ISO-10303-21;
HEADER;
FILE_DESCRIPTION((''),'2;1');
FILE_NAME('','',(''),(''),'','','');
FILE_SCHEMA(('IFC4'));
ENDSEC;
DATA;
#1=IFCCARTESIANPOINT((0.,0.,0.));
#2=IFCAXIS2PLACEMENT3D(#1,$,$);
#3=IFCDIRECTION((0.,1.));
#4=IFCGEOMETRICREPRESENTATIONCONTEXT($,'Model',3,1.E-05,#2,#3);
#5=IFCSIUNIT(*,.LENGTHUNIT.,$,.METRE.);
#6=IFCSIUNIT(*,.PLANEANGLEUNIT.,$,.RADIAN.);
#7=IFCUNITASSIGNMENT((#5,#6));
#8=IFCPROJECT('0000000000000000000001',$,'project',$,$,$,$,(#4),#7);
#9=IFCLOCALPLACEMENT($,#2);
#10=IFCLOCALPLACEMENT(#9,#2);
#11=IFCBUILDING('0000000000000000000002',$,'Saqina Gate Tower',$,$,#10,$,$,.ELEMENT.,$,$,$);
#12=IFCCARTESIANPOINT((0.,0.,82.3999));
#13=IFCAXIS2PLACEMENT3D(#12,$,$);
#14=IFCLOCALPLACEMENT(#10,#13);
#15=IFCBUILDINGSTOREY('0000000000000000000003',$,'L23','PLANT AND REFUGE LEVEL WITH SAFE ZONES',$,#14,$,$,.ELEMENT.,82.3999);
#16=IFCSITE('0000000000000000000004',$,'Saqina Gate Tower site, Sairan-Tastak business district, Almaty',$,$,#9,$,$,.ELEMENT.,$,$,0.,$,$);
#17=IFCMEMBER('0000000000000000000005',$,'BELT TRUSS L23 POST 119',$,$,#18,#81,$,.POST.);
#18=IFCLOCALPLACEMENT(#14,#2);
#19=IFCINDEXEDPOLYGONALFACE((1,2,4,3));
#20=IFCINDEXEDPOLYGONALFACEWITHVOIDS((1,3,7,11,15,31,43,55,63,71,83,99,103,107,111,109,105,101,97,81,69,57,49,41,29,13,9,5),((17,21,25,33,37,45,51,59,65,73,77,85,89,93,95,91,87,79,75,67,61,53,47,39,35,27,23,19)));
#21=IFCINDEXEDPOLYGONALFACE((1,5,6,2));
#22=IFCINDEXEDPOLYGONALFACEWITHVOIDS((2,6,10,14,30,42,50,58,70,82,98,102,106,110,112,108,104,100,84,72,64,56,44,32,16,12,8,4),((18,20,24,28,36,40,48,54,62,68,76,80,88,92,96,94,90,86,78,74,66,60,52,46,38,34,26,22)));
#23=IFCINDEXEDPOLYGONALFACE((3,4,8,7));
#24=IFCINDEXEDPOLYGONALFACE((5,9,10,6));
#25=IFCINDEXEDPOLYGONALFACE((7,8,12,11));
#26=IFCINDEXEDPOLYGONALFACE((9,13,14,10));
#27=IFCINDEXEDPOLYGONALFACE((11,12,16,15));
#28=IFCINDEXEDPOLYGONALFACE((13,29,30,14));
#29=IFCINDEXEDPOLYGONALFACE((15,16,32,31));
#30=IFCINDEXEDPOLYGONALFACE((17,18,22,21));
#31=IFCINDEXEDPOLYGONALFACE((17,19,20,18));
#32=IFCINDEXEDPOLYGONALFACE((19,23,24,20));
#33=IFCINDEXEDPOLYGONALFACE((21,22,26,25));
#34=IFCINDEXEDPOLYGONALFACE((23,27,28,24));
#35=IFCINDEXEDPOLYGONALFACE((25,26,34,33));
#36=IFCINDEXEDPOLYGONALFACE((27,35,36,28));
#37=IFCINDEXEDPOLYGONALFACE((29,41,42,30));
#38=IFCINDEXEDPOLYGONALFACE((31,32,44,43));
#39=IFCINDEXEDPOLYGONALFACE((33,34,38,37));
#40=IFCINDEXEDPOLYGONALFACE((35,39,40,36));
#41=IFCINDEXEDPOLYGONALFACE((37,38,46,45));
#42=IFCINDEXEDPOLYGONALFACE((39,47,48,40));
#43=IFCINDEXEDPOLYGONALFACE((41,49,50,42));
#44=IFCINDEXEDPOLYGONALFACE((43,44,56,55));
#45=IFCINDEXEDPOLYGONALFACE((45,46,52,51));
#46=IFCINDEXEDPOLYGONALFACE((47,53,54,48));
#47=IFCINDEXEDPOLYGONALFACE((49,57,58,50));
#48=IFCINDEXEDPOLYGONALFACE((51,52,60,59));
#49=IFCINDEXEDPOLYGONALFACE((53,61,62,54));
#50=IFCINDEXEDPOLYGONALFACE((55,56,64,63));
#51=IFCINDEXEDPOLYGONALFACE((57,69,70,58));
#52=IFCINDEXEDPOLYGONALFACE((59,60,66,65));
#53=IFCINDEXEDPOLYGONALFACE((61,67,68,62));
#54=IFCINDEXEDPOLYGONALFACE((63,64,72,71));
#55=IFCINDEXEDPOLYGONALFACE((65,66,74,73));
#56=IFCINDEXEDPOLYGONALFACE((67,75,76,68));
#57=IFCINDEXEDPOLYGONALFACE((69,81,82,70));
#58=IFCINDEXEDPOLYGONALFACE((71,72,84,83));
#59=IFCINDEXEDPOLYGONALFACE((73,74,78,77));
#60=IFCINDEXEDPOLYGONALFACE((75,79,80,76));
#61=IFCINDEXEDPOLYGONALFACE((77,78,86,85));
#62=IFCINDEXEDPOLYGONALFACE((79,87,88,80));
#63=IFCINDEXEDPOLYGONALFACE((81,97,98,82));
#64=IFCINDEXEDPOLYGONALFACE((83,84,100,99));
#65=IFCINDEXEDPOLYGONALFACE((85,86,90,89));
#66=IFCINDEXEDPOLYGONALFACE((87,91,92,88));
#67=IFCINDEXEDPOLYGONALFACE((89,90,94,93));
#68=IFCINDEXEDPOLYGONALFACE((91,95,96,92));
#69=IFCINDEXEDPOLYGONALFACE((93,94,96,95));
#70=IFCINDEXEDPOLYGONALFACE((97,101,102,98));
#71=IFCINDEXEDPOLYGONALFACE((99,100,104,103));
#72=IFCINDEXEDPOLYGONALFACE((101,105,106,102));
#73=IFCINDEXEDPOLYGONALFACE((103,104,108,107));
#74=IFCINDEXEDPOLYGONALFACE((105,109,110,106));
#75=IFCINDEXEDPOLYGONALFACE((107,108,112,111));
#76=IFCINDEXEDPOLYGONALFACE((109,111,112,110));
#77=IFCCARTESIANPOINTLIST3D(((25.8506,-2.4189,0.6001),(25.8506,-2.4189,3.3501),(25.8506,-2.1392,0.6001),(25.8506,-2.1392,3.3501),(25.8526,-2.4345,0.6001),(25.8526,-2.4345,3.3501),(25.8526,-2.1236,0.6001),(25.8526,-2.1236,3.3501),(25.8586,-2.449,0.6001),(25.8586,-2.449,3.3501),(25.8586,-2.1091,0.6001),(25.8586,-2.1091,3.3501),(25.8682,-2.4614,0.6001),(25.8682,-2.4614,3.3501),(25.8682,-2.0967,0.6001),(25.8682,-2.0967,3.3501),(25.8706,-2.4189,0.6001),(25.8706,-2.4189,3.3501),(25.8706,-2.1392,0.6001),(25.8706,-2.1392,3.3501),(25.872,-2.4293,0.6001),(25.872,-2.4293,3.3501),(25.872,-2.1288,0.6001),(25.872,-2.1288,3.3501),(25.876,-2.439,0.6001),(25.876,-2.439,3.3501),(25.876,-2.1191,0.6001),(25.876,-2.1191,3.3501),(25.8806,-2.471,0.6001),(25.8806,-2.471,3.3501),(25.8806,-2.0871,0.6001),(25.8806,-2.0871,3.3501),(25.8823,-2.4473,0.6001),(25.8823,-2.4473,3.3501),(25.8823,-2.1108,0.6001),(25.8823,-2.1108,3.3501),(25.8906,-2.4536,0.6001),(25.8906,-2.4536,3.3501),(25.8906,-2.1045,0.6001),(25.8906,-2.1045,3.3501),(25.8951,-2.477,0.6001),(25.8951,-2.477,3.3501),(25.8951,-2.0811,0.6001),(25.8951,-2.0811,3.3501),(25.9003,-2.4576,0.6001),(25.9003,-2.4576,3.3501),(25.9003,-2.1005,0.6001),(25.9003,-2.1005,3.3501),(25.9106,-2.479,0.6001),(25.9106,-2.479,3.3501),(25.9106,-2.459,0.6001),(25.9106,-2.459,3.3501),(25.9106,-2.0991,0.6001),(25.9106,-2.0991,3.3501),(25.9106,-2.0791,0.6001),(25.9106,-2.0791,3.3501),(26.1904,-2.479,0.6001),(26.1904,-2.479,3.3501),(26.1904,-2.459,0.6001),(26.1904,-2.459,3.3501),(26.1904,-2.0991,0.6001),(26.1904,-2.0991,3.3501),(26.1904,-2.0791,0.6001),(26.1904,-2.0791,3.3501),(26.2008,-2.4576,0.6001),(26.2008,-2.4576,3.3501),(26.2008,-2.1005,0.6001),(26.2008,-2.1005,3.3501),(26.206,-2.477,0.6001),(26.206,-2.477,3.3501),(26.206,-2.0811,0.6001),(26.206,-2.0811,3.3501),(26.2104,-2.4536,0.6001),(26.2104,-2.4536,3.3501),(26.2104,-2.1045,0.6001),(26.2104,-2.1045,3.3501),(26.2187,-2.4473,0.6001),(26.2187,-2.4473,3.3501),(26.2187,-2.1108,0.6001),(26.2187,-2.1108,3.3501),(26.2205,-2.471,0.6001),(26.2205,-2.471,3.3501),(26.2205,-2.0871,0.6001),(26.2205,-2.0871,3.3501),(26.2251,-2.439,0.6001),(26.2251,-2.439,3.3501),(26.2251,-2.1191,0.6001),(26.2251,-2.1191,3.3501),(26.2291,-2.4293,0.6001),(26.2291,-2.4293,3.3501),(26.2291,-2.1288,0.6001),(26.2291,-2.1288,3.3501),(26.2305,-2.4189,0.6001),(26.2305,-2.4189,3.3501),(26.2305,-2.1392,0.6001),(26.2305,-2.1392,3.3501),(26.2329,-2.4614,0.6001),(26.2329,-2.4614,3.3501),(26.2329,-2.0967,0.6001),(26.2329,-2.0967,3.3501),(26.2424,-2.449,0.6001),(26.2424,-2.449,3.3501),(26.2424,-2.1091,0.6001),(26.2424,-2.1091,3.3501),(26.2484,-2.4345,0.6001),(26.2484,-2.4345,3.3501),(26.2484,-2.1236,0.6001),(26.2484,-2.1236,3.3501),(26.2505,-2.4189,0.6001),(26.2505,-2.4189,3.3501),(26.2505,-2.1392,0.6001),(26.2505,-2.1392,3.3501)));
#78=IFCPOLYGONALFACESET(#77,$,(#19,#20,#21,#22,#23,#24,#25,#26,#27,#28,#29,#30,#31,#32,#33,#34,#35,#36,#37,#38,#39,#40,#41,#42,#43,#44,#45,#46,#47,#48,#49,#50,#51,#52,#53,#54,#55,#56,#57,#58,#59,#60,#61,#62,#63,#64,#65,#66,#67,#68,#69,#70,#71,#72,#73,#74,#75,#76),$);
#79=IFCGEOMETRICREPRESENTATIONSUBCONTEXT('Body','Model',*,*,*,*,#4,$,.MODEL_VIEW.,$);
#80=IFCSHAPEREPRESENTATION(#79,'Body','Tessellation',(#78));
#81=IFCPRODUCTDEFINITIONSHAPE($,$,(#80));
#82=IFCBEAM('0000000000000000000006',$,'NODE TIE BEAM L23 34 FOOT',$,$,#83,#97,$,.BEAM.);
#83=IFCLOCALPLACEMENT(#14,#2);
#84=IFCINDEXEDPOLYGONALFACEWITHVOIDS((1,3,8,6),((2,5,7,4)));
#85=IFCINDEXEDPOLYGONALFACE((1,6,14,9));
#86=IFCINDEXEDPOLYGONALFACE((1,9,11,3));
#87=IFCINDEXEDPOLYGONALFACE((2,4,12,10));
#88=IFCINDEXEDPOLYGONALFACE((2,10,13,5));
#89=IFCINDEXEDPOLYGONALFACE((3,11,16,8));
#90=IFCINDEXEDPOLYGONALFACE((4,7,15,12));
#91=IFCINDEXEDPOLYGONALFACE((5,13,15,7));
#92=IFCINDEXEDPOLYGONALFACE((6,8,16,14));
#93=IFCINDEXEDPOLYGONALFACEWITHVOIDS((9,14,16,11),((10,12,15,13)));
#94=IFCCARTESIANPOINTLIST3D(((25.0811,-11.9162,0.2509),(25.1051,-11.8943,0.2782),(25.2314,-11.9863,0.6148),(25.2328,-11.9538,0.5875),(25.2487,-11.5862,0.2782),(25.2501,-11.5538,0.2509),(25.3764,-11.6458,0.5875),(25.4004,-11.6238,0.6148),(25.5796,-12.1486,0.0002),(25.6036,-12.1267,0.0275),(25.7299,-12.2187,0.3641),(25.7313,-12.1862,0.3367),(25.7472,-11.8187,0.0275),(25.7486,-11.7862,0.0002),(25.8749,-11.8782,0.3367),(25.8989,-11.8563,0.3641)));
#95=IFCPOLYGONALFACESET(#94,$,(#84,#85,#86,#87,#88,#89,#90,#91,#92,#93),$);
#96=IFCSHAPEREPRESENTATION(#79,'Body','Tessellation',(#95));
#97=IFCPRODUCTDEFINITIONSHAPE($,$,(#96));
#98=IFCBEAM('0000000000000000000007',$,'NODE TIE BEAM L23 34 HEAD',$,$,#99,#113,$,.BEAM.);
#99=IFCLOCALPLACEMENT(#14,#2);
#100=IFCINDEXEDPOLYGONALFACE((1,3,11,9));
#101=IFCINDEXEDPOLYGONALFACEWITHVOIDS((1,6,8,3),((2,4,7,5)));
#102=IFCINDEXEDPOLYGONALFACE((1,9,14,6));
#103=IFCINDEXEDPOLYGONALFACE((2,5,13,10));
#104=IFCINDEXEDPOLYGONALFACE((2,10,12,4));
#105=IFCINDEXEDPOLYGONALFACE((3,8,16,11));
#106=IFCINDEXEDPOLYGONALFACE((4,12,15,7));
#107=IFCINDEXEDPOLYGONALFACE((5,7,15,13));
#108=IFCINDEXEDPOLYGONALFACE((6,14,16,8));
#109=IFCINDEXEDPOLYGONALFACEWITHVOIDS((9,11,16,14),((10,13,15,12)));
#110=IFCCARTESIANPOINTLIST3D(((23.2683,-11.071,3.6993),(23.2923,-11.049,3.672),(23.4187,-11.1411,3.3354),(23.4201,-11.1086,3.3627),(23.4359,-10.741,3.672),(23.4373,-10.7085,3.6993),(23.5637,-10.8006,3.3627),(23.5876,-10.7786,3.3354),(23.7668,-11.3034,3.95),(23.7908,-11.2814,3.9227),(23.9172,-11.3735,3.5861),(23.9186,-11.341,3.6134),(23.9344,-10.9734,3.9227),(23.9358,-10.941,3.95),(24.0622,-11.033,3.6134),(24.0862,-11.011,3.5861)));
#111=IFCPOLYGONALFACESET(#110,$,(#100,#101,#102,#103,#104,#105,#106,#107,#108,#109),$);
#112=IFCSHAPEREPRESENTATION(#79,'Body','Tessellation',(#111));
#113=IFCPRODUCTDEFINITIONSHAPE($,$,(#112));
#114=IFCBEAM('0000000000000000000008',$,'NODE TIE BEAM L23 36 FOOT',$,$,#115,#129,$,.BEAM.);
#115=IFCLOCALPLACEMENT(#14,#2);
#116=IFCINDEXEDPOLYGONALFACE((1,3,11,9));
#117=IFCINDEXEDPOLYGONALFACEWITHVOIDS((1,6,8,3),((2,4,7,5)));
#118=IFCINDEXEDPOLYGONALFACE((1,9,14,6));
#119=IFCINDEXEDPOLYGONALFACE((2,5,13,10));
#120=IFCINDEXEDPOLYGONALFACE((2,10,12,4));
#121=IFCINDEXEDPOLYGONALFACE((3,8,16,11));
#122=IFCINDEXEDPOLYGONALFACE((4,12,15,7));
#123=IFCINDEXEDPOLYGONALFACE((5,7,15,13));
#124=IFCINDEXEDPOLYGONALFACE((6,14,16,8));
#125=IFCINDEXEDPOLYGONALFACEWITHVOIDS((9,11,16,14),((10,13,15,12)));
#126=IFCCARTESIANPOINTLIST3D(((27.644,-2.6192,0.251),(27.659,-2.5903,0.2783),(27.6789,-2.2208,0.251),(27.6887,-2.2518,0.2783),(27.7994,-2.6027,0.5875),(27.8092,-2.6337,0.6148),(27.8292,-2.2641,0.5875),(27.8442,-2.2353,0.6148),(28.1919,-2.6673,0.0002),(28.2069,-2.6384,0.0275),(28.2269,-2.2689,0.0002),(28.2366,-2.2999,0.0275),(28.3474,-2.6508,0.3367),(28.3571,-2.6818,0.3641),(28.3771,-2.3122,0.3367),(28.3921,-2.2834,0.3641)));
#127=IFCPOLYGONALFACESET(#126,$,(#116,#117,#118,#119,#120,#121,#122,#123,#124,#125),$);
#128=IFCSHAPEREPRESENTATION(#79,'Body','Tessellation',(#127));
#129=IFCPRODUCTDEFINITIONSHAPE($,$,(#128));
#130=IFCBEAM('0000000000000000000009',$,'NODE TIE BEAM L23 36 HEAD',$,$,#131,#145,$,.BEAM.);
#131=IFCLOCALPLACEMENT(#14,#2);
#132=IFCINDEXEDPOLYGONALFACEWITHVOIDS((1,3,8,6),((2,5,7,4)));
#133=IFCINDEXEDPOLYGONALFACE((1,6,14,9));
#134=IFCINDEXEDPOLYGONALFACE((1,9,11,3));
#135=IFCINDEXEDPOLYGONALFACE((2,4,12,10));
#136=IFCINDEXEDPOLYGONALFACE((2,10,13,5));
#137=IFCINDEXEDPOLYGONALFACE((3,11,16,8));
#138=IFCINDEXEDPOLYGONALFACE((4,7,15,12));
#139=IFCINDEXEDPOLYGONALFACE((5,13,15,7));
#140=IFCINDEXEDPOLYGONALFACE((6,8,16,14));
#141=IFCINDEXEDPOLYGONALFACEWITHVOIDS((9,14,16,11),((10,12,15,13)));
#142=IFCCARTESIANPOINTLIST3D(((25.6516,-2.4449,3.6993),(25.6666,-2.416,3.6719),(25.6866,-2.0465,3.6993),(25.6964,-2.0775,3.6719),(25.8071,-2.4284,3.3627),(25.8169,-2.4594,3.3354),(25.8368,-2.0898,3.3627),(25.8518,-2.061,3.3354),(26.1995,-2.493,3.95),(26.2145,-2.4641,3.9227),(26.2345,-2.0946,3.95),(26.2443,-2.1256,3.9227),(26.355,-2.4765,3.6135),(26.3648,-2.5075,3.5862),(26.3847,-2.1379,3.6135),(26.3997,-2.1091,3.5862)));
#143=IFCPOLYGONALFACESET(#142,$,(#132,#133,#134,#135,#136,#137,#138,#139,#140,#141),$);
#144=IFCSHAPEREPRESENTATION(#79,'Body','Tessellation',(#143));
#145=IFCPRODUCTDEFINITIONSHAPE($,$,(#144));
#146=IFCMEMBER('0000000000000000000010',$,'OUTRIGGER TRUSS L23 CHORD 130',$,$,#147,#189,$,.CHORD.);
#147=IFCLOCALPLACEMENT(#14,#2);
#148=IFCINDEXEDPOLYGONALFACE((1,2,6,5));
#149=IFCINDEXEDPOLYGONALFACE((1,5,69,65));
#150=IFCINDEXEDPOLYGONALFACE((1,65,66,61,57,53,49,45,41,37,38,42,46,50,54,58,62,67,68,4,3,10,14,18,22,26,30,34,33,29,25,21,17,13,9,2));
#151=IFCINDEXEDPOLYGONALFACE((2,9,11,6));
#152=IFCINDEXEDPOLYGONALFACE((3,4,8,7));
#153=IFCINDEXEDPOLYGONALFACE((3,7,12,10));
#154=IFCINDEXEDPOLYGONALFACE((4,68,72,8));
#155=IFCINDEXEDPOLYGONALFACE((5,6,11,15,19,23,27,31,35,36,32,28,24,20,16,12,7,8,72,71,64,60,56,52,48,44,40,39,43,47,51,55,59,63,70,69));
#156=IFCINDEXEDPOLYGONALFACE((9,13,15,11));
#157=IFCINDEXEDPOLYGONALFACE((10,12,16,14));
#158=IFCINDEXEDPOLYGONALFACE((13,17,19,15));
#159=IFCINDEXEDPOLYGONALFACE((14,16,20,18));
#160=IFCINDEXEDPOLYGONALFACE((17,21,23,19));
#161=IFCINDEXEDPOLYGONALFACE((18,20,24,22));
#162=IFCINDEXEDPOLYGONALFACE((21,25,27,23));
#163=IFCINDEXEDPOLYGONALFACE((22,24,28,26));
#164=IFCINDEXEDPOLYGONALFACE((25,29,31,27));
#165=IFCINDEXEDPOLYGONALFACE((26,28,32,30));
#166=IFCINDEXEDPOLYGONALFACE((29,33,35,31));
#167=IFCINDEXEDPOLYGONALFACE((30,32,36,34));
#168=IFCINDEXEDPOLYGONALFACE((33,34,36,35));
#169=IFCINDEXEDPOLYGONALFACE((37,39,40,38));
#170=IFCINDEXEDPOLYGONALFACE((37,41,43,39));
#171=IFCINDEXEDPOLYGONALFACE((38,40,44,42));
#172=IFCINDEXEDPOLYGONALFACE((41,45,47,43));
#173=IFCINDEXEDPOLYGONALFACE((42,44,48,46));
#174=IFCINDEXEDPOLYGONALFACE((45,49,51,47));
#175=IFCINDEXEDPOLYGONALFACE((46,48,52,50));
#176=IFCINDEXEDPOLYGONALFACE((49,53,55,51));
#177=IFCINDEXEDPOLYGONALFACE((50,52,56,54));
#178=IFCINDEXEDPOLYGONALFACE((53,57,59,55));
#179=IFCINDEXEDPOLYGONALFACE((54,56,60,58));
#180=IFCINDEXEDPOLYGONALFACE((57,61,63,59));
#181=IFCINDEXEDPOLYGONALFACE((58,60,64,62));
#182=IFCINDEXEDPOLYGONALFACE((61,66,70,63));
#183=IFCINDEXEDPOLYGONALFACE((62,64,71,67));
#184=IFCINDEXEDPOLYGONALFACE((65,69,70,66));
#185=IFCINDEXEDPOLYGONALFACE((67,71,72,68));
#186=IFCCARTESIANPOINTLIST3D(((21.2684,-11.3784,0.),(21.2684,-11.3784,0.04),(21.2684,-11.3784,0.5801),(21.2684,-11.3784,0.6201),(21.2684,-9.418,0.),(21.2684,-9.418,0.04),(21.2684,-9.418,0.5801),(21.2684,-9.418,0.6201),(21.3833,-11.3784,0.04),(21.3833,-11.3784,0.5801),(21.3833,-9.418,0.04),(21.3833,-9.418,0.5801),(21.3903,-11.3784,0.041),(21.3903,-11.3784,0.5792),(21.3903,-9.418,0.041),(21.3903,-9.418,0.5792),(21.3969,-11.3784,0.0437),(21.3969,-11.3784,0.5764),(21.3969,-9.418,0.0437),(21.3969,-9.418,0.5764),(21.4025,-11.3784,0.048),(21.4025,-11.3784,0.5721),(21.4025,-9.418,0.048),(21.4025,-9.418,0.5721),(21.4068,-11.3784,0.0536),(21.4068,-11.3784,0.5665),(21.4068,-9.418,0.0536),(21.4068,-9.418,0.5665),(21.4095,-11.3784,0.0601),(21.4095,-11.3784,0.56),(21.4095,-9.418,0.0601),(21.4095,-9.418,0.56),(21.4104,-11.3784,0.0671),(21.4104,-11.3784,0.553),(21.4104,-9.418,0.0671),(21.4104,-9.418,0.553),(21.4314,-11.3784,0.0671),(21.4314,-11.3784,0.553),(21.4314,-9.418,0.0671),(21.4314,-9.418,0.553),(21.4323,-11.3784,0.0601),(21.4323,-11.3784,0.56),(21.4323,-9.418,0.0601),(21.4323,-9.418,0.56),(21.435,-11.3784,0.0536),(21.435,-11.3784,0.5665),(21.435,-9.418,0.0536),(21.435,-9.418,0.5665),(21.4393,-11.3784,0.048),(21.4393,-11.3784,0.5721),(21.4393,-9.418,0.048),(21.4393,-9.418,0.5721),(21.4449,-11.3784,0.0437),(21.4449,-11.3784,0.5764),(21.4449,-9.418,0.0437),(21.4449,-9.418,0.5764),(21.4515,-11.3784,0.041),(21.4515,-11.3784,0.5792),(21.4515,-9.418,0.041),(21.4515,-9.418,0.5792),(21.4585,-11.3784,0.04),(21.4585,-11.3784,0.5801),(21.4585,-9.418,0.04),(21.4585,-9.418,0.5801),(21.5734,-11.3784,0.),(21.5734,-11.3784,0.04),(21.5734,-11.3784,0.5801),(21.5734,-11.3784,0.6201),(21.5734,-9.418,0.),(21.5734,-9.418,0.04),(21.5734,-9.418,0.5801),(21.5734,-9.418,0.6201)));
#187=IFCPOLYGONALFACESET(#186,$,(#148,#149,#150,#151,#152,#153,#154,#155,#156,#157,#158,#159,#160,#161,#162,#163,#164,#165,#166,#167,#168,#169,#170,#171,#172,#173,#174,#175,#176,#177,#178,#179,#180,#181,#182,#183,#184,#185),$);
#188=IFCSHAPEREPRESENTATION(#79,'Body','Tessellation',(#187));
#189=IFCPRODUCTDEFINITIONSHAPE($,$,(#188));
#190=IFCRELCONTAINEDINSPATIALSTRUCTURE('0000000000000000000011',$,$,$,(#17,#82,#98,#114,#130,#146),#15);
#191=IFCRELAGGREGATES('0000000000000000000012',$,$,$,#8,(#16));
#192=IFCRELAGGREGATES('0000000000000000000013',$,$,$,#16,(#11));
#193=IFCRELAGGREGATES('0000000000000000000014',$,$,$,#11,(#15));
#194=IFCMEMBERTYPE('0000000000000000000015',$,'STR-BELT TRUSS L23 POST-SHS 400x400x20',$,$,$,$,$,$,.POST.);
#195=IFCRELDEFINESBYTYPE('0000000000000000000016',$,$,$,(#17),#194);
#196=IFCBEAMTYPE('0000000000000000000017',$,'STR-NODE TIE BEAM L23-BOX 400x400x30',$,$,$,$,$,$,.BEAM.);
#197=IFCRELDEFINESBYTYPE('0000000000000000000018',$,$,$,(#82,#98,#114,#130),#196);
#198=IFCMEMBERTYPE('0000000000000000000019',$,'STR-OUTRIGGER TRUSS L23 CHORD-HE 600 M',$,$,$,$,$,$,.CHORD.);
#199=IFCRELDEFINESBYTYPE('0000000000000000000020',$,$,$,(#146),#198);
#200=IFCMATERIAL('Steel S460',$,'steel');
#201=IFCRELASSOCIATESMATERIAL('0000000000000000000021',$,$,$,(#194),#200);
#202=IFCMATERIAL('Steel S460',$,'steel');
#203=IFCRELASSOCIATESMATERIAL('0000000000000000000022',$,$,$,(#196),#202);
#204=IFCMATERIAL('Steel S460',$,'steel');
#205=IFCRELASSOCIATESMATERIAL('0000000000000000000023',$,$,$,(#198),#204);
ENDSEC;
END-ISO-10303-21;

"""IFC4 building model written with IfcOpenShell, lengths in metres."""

from ifc_helpers import new_model, si_unit, direction, frame, origin, origin_2d, place, context, subcontext, project, spatial, hollow_rectangle, i_section, extrude, material, material_profile, profile_set, type_object, element, save


model = new_model("IFC4")

# Units and contexts
model_context = context("Model", 3, precision=1e-05, world=origin(), true_north=direction((0.0, 1.0)))
body_context = subcontext(model_context, "Body", "Model", "MODEL_VIEW")
ifc_project = project(units=[si_unit("LENGTHUNIT", "METRE"), si_unit("PLANEANGLEUNIT", "RADIAN")], contexts=[model_context])

# Site, building, storey
site_placement = place(None, origin())
site = spatial("IfcSite", under=ifc_project, at=site_placement, Name="Saqina Gate Tower site, Sairan-Tastak business district, Almaty", CompositionType="ELEMENT", RefElevation=0.0)
building_placement = place(site_placement, origin())
building = spatial("IfcBuilding", under=site, at=building_placement, Name="Saqina Gate Tower", CompositionType="ELEMENT")
storey_placement = place(building_placement, frame((0.0, 0.0, 82.3999)))
storey = spatial("IfcBuildingStorey", under=building, at=storey_placement, Name="L23", Description="PLANT AND REFUGE LEVEL WITH SAFE ZONES", CompositionType="ELEMENT", Elevation=82.3999)

# Member
ifc_material_1 = material(Name="Steel S460", Category="steel")
ifc_material_profile_1 = material_profile(ifc_material_1, hollow_rectangle(XDim=0.3999, YDim=0.3999, WallThickness=0.02, InnerFilletRadius=0.04, OuterFilletRadius=0.0601, at=origin_2d()), Name="SHS 400x400x20")
ifc_profile_set_1 = profile_set([ifc_material_profile_1], Name="Steel S460")
member_type_1 = type_object("IfcMemberType", Name="STR-BELT TRUSS L23 POST-SHS 400x400x20", PredefinedType="POST", material=ifc_profile_set_1)
for number, where, z_axis, x_axis, name in (
    (1, (26.0505, -2.2791, 0.6001), (0.0, 0.0, 1.0), (1.0, 0.0, 0.0), "BELT TRUSS L23 POST 119"),
):
    element("IfcMember", number, at=place(storey_placement, frame(where, z_axis=z_axis, x_axis=x_axis)), inside=storey, type_object=member_type_1, Name=name, PredefinedType="POST", context=body_context, shape_type="SweptSolid", body=[
        extrude(hollow_rectangle(XDim=0.3999, YDim=0.3999, WallThickness=0.02, InnerFilletRadius=0.04, OuterFilletRadius=0.0601, at=origin_2d()), origin(), (0.0, 0.0, 1.0), 2.75),
    ])

# Beams
ifc_material_2 = material(Name="Steel S460", Category="steel")
ifc_material_profile_2 = material_profile(ifc_material_2, hollow_rectangle(XDim=0.3999, YDim=0.3999, WallThickness=0.03, at=origin_2d()), Name="BOX 400x400x30")
ifc_profile_set_2 = profile_set([ifc_material_profile_2], Name="Steel S460")
beam_type = type_object("IfcBeamType", Name="STR-NODE TIE BEAM L23-BOX 400x400x30", PredefinedType="BEAM", material=ifc_profile_set_2)
for number, where, z_axis, x_axis, name in (
    (2, (25.7393, -12.0024, 0.1821), (-0.824702, 0.384484, 0.414774), (-0.422545, -0.906342, 0.0), "NODE TIE BEAM L23 34 FOOT"),
    (3, (23.428, -10.9248, 3.5173), (0.824702, -0.384484, 0.414774), (0.422545, 0.906342, 0.0), "NODE TIE BEAM L23 34 HEAD"),
    (4, (28.292, -2.4753, 0.1821), (-0.906412, 0.079574, 0.414833), (-0.087453, -0.996169, 0.0), "NODE TIE BEAM L23 36 FOOT"),
    (5, (25.7517, -2.2529, 3.5173), (0.906412, -0.079574, 0.414833), (0.087453, 0.996169, 0.0), "NODE TIE BEAM L23 36 HEAD"),
):
    element("IfcBeam", number, at=place(storey_placement, frame(where, z_axis=z_axis, x_axis=x_axis)), inside=storey, type_object=beam_type, Name=name, PredefinedType="BEAM", context=body_context, shape_type="SweptSolid", body=[
        extrude(hollow_rectangle(XDim=0.3999, YDim=0.3999, WallThickness=0.03, at=origin_2d()), origin(), (0.0, 0.0, 1.0), 0.6045),
    ])

# Member
ifc_material_3 = material(Name="Steel S460", Category="steel")
ifc_material_profile_3 = material_profile(ifc_material_3, i_section(OverallWidth=0.3049, OverallDepth=0.6201, WebThickness=0.021, FlangeThickness=0.04, FilletRadius=0.0271, at=origin_2d()), Name="HE 600 M")
ifc_profile_set_3 = profile_set([ifc_material_profile_3], Name="Steel S460")
member_type_2 = type_object("IfcMemberType", Name="STR-OUTRIGGER TRUSS L23 CHORD-HE 600 M", PredefinedType="CHORD", material=ifc_profile_set_3)
for number, where, z_axis, x_axis, name in (
    (6, (21.4209, -9.418, 0.3101), (0.0, -1.0, 0.0), (1.0, 0.0, 0.0), "OUTRIGGER TRUSS L23 CHORD 130"),
):
    element("IfcMember", number, at=place(storey_placement, frame(where, z_axis=z_axis, x_axis=x_axis)), inside=storey, type_object=member_type_2, Name=name, PredefinedType="CHORD", context=body_context, shape_type="SweptSolid", body=[
        extrude(i_section(OverallWidth=0.3049, OverallDepth=0.6201, WebThickness=0.021, FlangeThickness=0.04, FilletRadius=0.0271, at=origin_2d()), origin(), (0.0, 0.0, 1.0), 1.9604),
    ])

save(model, "model.ifc")
